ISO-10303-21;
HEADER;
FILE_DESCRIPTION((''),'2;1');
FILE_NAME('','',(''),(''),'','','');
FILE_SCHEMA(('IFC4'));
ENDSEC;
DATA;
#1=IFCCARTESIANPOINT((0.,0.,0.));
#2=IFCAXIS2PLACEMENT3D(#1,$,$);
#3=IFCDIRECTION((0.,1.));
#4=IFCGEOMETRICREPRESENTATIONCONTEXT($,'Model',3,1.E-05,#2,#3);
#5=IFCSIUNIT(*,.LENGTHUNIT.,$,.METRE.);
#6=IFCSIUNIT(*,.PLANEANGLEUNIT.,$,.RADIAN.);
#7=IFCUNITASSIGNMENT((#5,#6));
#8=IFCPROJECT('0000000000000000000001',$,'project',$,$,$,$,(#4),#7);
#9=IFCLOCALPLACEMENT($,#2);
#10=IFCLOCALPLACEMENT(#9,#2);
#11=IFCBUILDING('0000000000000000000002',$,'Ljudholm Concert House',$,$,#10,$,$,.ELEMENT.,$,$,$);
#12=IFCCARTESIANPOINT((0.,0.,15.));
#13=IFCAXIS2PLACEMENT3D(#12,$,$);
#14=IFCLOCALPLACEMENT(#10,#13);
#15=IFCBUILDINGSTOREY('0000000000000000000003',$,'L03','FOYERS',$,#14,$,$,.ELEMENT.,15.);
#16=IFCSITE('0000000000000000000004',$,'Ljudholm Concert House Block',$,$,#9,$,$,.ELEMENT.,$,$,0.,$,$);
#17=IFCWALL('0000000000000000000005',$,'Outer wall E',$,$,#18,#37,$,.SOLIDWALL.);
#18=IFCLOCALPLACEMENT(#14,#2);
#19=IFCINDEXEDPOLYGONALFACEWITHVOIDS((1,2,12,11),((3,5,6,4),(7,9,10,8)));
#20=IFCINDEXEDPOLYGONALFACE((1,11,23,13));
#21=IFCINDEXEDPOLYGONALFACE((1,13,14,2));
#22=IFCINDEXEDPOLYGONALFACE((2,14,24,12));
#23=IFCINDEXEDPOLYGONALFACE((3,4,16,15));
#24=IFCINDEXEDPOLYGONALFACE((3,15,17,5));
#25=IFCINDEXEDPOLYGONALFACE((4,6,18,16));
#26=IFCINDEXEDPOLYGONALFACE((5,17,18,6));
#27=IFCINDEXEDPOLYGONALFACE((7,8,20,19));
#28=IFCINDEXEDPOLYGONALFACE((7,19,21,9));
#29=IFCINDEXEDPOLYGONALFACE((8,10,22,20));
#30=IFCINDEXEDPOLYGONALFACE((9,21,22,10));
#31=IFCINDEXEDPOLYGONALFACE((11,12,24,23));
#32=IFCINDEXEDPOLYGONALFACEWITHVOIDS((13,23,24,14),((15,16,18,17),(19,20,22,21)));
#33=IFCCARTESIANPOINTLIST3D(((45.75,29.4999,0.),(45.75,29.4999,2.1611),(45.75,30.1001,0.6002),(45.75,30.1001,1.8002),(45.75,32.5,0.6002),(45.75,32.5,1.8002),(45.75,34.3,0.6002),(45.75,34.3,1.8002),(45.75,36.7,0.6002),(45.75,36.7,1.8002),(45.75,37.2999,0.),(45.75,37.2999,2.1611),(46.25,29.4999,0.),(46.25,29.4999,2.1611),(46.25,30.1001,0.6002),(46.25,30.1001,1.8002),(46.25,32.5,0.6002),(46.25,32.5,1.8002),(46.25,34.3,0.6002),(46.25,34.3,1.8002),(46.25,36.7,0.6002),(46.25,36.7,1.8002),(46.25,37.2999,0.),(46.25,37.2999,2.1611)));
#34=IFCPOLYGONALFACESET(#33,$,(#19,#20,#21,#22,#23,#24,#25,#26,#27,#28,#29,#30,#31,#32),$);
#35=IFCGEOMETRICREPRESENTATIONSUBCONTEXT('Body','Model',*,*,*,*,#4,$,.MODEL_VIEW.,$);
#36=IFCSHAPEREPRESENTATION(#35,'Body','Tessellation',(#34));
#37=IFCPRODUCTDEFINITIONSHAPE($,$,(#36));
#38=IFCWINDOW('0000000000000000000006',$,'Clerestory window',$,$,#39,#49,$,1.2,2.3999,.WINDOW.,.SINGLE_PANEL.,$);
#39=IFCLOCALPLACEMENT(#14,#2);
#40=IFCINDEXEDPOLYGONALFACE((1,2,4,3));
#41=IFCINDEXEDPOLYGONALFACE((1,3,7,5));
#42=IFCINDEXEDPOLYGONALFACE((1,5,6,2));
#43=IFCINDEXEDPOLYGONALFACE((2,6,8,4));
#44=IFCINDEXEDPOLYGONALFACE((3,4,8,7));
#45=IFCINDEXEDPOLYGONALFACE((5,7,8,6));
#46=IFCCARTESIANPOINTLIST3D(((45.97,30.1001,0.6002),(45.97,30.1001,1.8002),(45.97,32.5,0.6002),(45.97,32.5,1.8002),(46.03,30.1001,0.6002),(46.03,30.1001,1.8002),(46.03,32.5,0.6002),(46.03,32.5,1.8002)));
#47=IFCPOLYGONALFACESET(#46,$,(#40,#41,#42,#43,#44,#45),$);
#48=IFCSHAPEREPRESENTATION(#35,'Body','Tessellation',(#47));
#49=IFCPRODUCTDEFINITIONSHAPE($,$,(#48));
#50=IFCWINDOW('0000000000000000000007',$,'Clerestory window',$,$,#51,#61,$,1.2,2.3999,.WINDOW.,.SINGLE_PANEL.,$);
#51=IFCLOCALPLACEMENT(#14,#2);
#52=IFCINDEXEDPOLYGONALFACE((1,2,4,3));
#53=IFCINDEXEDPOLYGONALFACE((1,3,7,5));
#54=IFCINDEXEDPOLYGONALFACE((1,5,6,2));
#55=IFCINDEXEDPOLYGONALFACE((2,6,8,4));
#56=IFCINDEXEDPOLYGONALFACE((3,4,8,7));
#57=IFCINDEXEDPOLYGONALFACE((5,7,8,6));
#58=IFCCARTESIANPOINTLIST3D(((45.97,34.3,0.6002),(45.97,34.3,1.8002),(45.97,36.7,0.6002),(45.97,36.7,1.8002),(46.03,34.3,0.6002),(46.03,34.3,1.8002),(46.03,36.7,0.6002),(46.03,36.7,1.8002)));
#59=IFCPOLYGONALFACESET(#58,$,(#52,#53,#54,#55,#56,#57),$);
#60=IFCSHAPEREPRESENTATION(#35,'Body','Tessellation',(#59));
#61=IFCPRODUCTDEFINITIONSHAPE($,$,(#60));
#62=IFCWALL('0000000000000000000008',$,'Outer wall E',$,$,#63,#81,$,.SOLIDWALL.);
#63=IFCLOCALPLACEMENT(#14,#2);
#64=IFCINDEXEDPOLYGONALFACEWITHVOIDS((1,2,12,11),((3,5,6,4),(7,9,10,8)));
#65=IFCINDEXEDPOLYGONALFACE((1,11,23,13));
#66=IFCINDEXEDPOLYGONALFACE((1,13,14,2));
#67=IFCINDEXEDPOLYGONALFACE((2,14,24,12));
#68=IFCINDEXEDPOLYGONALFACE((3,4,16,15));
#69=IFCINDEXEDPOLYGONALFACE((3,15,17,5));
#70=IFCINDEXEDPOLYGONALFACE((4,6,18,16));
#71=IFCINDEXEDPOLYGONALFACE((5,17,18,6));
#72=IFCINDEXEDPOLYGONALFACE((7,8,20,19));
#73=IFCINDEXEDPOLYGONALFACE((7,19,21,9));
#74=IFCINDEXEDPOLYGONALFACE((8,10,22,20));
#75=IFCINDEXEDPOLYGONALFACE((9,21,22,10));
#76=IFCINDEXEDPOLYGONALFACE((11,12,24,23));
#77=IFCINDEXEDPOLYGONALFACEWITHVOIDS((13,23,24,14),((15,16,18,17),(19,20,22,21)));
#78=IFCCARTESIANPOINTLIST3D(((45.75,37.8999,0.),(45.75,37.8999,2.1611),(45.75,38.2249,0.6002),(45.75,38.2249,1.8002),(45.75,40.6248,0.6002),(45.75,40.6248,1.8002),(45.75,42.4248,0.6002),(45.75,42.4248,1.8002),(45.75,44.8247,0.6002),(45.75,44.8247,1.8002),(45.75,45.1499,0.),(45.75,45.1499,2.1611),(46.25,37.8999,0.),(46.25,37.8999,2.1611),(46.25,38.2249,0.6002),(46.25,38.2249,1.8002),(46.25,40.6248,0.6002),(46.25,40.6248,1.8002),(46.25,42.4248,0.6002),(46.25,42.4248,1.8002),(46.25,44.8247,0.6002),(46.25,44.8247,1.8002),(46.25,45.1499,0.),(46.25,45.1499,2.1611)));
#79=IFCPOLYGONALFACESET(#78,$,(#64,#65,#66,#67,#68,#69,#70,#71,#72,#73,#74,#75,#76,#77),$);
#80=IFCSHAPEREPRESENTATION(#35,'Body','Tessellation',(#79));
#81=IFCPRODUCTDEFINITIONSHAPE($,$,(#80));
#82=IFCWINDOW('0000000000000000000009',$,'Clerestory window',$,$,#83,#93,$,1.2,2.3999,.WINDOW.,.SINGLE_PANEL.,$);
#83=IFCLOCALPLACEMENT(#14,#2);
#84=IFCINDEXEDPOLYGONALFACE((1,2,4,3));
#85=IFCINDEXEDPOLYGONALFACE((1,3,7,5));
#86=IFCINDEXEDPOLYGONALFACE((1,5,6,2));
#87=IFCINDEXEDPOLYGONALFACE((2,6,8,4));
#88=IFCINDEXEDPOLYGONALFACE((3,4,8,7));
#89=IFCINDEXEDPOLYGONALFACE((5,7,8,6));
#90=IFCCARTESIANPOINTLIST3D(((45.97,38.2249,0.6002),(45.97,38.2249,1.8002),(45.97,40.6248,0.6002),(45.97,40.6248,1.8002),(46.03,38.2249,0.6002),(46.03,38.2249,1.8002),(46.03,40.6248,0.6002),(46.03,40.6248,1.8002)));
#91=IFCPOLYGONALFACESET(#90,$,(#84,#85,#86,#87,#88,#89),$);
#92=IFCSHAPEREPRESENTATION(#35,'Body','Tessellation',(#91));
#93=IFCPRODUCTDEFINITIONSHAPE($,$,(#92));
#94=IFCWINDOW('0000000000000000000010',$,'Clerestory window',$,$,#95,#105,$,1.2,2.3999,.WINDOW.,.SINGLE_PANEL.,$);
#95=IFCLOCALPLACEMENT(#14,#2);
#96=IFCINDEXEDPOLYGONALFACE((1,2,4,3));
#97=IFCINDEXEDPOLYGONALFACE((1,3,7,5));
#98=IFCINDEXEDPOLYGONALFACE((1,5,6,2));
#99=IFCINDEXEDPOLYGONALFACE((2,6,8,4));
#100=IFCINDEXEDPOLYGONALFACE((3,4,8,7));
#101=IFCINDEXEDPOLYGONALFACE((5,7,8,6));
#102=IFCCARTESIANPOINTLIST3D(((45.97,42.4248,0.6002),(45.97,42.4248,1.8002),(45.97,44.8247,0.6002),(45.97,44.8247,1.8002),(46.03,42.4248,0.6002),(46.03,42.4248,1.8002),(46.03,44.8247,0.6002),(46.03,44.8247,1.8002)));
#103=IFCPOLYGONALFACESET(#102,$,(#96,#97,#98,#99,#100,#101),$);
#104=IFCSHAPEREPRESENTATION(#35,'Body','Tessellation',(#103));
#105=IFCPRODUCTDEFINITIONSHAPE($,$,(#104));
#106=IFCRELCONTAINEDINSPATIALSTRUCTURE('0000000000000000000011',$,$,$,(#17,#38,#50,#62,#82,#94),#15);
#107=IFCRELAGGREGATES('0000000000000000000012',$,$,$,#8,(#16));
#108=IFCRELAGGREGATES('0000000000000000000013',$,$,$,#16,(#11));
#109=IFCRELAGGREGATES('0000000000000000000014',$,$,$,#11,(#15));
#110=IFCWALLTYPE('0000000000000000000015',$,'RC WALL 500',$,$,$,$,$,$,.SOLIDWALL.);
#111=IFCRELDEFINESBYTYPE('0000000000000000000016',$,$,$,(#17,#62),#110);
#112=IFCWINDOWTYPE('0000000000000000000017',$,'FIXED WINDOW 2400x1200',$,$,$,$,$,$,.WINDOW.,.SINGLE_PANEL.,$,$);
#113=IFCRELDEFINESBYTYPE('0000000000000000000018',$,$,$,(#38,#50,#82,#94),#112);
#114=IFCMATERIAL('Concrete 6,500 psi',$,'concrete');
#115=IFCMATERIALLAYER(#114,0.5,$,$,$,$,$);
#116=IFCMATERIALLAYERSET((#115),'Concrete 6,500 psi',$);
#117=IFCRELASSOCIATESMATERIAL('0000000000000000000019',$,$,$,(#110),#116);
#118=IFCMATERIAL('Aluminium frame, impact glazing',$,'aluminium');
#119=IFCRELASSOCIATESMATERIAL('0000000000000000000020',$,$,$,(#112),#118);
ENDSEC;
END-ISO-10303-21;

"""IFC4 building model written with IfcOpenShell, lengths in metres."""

from ifc_helpers import new_model, si_unit, direction, frame, frame_2d, origin, place, context, subcontext, project, spatial, rectangle, extrude, material, layer, layer_set, type_object, element, fill, save


model = new_model("IFC4")

# Units and contexts
model_context = context("Model", 3, precision=1e-05, world=origin(), true_north=direction((0.0, 1.0)))
body_context = subcontext(model_context, "Body", "Model", "MODEL_VIEW")
ifc_project = project(units=[si_unit("LENGTHUNIT", "METRE"), si_unit("PLANEANGLEUNIT", "RADIAN")], contexts=[model_context])

# Site, building, storey
site_placement = place(None, origin())
site = spatial("IfcSite", under=ifc_project, at=site_placement, Name="Ljudholm Concert House Block", CompositionType="ELEMENT", RefElevation=0.0)
building_placement = place(site_placement, origin())
building = spatial("IfcBuilding", under=site, at=building_placement, Name="Ljudholm Concert House", CompositionType="ELEMENT")
storey_placement = place(building_placement, frame((0.0, 0.0, 15.0)))
storey = spatial("IfcBuildingStorey", under=building, at=storey_placement, Name="L03", Description="FOYERS", CompositionType="ELEMENT", Elevation=15.0)

# Walls, openings, windows
ifc_material_1 = material(Name="Concrete 6,500 psi", Category="concrete")
ifc_layer_1 = layer(ifc_material_1, 0.5)
ifc_layer_set_1 = layer_set([ifc_layer_1], Name="Concrete 6,500 psi")
wall_type = type_object("IfcWallType", Name="RC WALL 500", PredefinedType="SOLIDWALL", material=ifc_layer_set_1)
ifc_material_2 = material(Name="Aluminium frame, impact glazing", Category="aluminium")
window_type = type_object("IfcWindowType", Name="FIXED WINDOW 2400x1200", PartitioningType="SINGLE_PANEL", PredefinedType="WINDOW", material=ifc_material_2)
wall_1_placement = place(storey_placement, frame((46.0, 29.5, 0.0), z_axis=(0.0, 0.0, 1.0), x_axis=(0.0, 1.0, 0.0)))
wall_1 = element("IfcWall", 1, at=wall_1_placement, inside=storey, type_object=wall_type, Name="Outer wall E", PredefinedType="SOLIDWALL", context=body_context, shape_type="SweptSolid", body=[
    extrude(rectangle(XDim=7.8, YDim=0.5, at=frame_2d((3.8999, 0.0))), origin(), (0.0, 0.0, 1.0), 2.1611),
])
opening_1_placement = place(wall_1_placement, frame((0.6001, 0.0, 0.6001)))
opening_1 = element("IfcOpeningElement", 2, at=opening_1_placement, cuts=wall_1, PredefinedType="OPENING", context=body_context, shape_type="SweptSolid", body=[
    extrude(rectangle(XDim=2.3999, YDim=1.2, at=frame_2d((1.2, 0.6001))), frame((0.0, 0.26, 0.0), z_axis=(0.0, -1.0, 0.0), x_axis=(1.0, 0.0, 0.0)), (0.0, 0.0, 1.0), 0.52),
])
opening_2_placement = place(wall_1_placement, frame((4.8, 0.0, 0.6001)))
opening_2 = element("IfcOpeningElement", 3, at=opening_2_placement, cuts=wall_1, PredefinedType="OPENING", context=body_context, shape_type="SweptSolid", body=[
    extrude(rectangle(XDim=2.3999, YDim=1.2, at=frame_2d((1.2, 0.6001))), frame((0.0, 0.26, 0.0), z_axis=(0.0, -1.0, 0.0), x_axis=(1.0, 0.0, 0.0)), (0.0, 0.0, 1.0), 0.52),
])
window_1_placement = place(opening_1_placement, origin())
window_1 = element("IfcWindow", 4, at=window_1_placement, inside=storey, type_object=window_type, Name="Clerestory window", OverallHeight=1.2, OverallWidth=2.3999, PartitioningType="SINGLE_PANEL", PredefinedType="WINDOW", context=body_context, shape_type="SweptSolid", body=[
    extrude(rectangle(XDim=2.3999, YDim=1.2, at=frame_2d((1.2, 0.6001))), frame((0.0, 0.03, 0.0), z_axis=(0.0, -1.0, 0.0), x_axis=(1.0, 0.0, 0.0)), (0.0, 0.0, 1.0), 0.0601),
])
fill(opening_1, window_1)
window_2_placement = place(opening_2_placement, origin())
window_2 = element("IfcWindow", 5, at=window_2_placement, inside=storey, type_object=window_type, Name="Clerestory window", OverallHeight=1.2, OverallWidth=2.3999, PartitioningType="SINGLE_PANEL", PredefinedType="WINDOW", context=body_context, shape_type="SweptSolid", body=[
    extrude(rectangle(XDim=2.3999, YDim=1.2, at=frame_2d((1.2, 0.6001))), frame((0.0, 0.03, 0.0), z_axis=(0.0, -1.0, 0.0), x_axis=(1.0, 0.0, 0.0)), (0.0, 0.0, 1.0), 0.0601),
])
fill(opening_2, window_2)
wall_2_placement = place(storey_placement, frame((46.0, 37.8999, 0.0), z_axis=(0.0, 0.0, 1.0), x_axis=(0.0, 1.0, 0.0)))
wall_2 = element("IfcWall", 6, at=wall_2_placement, inside=storey, type_object=wall_type, Name="Outer wall E", PredefinedType="SOLIDWALL", context=body_context, shape_type="SweptSolid", body=[
    extrude(rectangle(XDim=7.25, YDim=0.5, at=frame_2d((3.625, 0.0))), origin(), (0.0, 0.0, 1.0), 2.1611),
])
opening_3_placement = place(wall_2_placement, frame((0.325, 0.0, 0.6001)))
opening_3 = element("IfcOpeningElement", 7, at=opening_3_placement, cuts=wall_2, PredefinedType="OPENING", context=body_context, shape_type="SweptSolid", body=[
    extrude(rectangle(XDim=2.3999, YDim=1.2, at=frame_2d((1.2, 0.6001))), frame((0.0, 0.26, 0.0), z_axis=(0.0, -1.0, 0.0), x_axis=(1.0, 0.0, 0.0)), (0.0, 0.0, 1.0), 0.52),
])
opening_4_placement = place(wall_2_placement, frame((4.5249, 0.0, 0.6001)))
opening_4 = element("IfcOpeningElement", 8, at=opening_4_placement, cuts=wall_2, PredefinedType="OPENING", context=body_context, shape_type="SweptSolid", body=[
    extrude(rectangle(XDim=2.3999, YDim=1.2, at=frame_2d((1.2, 0.6001))), frame((0.0, 0.26, 0.0), z_axis=(0.0, -1.0, 0.0), x_axis=(1.0, 0.0, 0.0)), (0.0, 0.0, 1.0), 0.52),
])
window_3_placement = place(opening_3_placement, origin())
window_3 = element("IfcWindow", 9, at=window_3_placement, inside=storey, type_object=window_type, Name="Clerestory window", OverallHeight=1.2, OverallWidth=2.3999, PartitioningType="SINGLE_PANEL", PredefinedType="WINDOW", context=body_context, shape_type="SweptSolid", body=[
    extrude(rectangle(XDim=2.3999, YDim=1.2, at=frame_2d((1.2, 0.6001))), frame((0.0, 0.03, 0.0), z_axis=(0.0, -1.0, 0.0), x_axis=(1.0, 0.0, 0.0)), (0.0, 0.0, 1.0), 0.0601),
])
fill(opening_3, window_3)
window_4_placement = place(opening_4_placement, origin())
window_4 = element("IfcWindow", 10, at=window_4_placement, inside=storey, type_object=window_type, Name="Clerestory window", OverallHeight=1.2, OverallWidth=2.3999, PartitioningType="SINGLE_PANEL", PredefinedType="WINDOW", context=body_context, shape_type="SweptSolid", body=[
    extrude(rectangle(XDim=2.3999, YDim=1.2, at=frame_2d((1.2, 0.6001))), frame((0.0, 0.03, 0.0), z_axis=(0.0, -1.0, 0.0), x_axis=(1.0, 0.0, 0.0)), (0.0, 0.0, 1.0), 0.0601),
])
fill(opening_4, window_4)

save(model, "model.ifc")
